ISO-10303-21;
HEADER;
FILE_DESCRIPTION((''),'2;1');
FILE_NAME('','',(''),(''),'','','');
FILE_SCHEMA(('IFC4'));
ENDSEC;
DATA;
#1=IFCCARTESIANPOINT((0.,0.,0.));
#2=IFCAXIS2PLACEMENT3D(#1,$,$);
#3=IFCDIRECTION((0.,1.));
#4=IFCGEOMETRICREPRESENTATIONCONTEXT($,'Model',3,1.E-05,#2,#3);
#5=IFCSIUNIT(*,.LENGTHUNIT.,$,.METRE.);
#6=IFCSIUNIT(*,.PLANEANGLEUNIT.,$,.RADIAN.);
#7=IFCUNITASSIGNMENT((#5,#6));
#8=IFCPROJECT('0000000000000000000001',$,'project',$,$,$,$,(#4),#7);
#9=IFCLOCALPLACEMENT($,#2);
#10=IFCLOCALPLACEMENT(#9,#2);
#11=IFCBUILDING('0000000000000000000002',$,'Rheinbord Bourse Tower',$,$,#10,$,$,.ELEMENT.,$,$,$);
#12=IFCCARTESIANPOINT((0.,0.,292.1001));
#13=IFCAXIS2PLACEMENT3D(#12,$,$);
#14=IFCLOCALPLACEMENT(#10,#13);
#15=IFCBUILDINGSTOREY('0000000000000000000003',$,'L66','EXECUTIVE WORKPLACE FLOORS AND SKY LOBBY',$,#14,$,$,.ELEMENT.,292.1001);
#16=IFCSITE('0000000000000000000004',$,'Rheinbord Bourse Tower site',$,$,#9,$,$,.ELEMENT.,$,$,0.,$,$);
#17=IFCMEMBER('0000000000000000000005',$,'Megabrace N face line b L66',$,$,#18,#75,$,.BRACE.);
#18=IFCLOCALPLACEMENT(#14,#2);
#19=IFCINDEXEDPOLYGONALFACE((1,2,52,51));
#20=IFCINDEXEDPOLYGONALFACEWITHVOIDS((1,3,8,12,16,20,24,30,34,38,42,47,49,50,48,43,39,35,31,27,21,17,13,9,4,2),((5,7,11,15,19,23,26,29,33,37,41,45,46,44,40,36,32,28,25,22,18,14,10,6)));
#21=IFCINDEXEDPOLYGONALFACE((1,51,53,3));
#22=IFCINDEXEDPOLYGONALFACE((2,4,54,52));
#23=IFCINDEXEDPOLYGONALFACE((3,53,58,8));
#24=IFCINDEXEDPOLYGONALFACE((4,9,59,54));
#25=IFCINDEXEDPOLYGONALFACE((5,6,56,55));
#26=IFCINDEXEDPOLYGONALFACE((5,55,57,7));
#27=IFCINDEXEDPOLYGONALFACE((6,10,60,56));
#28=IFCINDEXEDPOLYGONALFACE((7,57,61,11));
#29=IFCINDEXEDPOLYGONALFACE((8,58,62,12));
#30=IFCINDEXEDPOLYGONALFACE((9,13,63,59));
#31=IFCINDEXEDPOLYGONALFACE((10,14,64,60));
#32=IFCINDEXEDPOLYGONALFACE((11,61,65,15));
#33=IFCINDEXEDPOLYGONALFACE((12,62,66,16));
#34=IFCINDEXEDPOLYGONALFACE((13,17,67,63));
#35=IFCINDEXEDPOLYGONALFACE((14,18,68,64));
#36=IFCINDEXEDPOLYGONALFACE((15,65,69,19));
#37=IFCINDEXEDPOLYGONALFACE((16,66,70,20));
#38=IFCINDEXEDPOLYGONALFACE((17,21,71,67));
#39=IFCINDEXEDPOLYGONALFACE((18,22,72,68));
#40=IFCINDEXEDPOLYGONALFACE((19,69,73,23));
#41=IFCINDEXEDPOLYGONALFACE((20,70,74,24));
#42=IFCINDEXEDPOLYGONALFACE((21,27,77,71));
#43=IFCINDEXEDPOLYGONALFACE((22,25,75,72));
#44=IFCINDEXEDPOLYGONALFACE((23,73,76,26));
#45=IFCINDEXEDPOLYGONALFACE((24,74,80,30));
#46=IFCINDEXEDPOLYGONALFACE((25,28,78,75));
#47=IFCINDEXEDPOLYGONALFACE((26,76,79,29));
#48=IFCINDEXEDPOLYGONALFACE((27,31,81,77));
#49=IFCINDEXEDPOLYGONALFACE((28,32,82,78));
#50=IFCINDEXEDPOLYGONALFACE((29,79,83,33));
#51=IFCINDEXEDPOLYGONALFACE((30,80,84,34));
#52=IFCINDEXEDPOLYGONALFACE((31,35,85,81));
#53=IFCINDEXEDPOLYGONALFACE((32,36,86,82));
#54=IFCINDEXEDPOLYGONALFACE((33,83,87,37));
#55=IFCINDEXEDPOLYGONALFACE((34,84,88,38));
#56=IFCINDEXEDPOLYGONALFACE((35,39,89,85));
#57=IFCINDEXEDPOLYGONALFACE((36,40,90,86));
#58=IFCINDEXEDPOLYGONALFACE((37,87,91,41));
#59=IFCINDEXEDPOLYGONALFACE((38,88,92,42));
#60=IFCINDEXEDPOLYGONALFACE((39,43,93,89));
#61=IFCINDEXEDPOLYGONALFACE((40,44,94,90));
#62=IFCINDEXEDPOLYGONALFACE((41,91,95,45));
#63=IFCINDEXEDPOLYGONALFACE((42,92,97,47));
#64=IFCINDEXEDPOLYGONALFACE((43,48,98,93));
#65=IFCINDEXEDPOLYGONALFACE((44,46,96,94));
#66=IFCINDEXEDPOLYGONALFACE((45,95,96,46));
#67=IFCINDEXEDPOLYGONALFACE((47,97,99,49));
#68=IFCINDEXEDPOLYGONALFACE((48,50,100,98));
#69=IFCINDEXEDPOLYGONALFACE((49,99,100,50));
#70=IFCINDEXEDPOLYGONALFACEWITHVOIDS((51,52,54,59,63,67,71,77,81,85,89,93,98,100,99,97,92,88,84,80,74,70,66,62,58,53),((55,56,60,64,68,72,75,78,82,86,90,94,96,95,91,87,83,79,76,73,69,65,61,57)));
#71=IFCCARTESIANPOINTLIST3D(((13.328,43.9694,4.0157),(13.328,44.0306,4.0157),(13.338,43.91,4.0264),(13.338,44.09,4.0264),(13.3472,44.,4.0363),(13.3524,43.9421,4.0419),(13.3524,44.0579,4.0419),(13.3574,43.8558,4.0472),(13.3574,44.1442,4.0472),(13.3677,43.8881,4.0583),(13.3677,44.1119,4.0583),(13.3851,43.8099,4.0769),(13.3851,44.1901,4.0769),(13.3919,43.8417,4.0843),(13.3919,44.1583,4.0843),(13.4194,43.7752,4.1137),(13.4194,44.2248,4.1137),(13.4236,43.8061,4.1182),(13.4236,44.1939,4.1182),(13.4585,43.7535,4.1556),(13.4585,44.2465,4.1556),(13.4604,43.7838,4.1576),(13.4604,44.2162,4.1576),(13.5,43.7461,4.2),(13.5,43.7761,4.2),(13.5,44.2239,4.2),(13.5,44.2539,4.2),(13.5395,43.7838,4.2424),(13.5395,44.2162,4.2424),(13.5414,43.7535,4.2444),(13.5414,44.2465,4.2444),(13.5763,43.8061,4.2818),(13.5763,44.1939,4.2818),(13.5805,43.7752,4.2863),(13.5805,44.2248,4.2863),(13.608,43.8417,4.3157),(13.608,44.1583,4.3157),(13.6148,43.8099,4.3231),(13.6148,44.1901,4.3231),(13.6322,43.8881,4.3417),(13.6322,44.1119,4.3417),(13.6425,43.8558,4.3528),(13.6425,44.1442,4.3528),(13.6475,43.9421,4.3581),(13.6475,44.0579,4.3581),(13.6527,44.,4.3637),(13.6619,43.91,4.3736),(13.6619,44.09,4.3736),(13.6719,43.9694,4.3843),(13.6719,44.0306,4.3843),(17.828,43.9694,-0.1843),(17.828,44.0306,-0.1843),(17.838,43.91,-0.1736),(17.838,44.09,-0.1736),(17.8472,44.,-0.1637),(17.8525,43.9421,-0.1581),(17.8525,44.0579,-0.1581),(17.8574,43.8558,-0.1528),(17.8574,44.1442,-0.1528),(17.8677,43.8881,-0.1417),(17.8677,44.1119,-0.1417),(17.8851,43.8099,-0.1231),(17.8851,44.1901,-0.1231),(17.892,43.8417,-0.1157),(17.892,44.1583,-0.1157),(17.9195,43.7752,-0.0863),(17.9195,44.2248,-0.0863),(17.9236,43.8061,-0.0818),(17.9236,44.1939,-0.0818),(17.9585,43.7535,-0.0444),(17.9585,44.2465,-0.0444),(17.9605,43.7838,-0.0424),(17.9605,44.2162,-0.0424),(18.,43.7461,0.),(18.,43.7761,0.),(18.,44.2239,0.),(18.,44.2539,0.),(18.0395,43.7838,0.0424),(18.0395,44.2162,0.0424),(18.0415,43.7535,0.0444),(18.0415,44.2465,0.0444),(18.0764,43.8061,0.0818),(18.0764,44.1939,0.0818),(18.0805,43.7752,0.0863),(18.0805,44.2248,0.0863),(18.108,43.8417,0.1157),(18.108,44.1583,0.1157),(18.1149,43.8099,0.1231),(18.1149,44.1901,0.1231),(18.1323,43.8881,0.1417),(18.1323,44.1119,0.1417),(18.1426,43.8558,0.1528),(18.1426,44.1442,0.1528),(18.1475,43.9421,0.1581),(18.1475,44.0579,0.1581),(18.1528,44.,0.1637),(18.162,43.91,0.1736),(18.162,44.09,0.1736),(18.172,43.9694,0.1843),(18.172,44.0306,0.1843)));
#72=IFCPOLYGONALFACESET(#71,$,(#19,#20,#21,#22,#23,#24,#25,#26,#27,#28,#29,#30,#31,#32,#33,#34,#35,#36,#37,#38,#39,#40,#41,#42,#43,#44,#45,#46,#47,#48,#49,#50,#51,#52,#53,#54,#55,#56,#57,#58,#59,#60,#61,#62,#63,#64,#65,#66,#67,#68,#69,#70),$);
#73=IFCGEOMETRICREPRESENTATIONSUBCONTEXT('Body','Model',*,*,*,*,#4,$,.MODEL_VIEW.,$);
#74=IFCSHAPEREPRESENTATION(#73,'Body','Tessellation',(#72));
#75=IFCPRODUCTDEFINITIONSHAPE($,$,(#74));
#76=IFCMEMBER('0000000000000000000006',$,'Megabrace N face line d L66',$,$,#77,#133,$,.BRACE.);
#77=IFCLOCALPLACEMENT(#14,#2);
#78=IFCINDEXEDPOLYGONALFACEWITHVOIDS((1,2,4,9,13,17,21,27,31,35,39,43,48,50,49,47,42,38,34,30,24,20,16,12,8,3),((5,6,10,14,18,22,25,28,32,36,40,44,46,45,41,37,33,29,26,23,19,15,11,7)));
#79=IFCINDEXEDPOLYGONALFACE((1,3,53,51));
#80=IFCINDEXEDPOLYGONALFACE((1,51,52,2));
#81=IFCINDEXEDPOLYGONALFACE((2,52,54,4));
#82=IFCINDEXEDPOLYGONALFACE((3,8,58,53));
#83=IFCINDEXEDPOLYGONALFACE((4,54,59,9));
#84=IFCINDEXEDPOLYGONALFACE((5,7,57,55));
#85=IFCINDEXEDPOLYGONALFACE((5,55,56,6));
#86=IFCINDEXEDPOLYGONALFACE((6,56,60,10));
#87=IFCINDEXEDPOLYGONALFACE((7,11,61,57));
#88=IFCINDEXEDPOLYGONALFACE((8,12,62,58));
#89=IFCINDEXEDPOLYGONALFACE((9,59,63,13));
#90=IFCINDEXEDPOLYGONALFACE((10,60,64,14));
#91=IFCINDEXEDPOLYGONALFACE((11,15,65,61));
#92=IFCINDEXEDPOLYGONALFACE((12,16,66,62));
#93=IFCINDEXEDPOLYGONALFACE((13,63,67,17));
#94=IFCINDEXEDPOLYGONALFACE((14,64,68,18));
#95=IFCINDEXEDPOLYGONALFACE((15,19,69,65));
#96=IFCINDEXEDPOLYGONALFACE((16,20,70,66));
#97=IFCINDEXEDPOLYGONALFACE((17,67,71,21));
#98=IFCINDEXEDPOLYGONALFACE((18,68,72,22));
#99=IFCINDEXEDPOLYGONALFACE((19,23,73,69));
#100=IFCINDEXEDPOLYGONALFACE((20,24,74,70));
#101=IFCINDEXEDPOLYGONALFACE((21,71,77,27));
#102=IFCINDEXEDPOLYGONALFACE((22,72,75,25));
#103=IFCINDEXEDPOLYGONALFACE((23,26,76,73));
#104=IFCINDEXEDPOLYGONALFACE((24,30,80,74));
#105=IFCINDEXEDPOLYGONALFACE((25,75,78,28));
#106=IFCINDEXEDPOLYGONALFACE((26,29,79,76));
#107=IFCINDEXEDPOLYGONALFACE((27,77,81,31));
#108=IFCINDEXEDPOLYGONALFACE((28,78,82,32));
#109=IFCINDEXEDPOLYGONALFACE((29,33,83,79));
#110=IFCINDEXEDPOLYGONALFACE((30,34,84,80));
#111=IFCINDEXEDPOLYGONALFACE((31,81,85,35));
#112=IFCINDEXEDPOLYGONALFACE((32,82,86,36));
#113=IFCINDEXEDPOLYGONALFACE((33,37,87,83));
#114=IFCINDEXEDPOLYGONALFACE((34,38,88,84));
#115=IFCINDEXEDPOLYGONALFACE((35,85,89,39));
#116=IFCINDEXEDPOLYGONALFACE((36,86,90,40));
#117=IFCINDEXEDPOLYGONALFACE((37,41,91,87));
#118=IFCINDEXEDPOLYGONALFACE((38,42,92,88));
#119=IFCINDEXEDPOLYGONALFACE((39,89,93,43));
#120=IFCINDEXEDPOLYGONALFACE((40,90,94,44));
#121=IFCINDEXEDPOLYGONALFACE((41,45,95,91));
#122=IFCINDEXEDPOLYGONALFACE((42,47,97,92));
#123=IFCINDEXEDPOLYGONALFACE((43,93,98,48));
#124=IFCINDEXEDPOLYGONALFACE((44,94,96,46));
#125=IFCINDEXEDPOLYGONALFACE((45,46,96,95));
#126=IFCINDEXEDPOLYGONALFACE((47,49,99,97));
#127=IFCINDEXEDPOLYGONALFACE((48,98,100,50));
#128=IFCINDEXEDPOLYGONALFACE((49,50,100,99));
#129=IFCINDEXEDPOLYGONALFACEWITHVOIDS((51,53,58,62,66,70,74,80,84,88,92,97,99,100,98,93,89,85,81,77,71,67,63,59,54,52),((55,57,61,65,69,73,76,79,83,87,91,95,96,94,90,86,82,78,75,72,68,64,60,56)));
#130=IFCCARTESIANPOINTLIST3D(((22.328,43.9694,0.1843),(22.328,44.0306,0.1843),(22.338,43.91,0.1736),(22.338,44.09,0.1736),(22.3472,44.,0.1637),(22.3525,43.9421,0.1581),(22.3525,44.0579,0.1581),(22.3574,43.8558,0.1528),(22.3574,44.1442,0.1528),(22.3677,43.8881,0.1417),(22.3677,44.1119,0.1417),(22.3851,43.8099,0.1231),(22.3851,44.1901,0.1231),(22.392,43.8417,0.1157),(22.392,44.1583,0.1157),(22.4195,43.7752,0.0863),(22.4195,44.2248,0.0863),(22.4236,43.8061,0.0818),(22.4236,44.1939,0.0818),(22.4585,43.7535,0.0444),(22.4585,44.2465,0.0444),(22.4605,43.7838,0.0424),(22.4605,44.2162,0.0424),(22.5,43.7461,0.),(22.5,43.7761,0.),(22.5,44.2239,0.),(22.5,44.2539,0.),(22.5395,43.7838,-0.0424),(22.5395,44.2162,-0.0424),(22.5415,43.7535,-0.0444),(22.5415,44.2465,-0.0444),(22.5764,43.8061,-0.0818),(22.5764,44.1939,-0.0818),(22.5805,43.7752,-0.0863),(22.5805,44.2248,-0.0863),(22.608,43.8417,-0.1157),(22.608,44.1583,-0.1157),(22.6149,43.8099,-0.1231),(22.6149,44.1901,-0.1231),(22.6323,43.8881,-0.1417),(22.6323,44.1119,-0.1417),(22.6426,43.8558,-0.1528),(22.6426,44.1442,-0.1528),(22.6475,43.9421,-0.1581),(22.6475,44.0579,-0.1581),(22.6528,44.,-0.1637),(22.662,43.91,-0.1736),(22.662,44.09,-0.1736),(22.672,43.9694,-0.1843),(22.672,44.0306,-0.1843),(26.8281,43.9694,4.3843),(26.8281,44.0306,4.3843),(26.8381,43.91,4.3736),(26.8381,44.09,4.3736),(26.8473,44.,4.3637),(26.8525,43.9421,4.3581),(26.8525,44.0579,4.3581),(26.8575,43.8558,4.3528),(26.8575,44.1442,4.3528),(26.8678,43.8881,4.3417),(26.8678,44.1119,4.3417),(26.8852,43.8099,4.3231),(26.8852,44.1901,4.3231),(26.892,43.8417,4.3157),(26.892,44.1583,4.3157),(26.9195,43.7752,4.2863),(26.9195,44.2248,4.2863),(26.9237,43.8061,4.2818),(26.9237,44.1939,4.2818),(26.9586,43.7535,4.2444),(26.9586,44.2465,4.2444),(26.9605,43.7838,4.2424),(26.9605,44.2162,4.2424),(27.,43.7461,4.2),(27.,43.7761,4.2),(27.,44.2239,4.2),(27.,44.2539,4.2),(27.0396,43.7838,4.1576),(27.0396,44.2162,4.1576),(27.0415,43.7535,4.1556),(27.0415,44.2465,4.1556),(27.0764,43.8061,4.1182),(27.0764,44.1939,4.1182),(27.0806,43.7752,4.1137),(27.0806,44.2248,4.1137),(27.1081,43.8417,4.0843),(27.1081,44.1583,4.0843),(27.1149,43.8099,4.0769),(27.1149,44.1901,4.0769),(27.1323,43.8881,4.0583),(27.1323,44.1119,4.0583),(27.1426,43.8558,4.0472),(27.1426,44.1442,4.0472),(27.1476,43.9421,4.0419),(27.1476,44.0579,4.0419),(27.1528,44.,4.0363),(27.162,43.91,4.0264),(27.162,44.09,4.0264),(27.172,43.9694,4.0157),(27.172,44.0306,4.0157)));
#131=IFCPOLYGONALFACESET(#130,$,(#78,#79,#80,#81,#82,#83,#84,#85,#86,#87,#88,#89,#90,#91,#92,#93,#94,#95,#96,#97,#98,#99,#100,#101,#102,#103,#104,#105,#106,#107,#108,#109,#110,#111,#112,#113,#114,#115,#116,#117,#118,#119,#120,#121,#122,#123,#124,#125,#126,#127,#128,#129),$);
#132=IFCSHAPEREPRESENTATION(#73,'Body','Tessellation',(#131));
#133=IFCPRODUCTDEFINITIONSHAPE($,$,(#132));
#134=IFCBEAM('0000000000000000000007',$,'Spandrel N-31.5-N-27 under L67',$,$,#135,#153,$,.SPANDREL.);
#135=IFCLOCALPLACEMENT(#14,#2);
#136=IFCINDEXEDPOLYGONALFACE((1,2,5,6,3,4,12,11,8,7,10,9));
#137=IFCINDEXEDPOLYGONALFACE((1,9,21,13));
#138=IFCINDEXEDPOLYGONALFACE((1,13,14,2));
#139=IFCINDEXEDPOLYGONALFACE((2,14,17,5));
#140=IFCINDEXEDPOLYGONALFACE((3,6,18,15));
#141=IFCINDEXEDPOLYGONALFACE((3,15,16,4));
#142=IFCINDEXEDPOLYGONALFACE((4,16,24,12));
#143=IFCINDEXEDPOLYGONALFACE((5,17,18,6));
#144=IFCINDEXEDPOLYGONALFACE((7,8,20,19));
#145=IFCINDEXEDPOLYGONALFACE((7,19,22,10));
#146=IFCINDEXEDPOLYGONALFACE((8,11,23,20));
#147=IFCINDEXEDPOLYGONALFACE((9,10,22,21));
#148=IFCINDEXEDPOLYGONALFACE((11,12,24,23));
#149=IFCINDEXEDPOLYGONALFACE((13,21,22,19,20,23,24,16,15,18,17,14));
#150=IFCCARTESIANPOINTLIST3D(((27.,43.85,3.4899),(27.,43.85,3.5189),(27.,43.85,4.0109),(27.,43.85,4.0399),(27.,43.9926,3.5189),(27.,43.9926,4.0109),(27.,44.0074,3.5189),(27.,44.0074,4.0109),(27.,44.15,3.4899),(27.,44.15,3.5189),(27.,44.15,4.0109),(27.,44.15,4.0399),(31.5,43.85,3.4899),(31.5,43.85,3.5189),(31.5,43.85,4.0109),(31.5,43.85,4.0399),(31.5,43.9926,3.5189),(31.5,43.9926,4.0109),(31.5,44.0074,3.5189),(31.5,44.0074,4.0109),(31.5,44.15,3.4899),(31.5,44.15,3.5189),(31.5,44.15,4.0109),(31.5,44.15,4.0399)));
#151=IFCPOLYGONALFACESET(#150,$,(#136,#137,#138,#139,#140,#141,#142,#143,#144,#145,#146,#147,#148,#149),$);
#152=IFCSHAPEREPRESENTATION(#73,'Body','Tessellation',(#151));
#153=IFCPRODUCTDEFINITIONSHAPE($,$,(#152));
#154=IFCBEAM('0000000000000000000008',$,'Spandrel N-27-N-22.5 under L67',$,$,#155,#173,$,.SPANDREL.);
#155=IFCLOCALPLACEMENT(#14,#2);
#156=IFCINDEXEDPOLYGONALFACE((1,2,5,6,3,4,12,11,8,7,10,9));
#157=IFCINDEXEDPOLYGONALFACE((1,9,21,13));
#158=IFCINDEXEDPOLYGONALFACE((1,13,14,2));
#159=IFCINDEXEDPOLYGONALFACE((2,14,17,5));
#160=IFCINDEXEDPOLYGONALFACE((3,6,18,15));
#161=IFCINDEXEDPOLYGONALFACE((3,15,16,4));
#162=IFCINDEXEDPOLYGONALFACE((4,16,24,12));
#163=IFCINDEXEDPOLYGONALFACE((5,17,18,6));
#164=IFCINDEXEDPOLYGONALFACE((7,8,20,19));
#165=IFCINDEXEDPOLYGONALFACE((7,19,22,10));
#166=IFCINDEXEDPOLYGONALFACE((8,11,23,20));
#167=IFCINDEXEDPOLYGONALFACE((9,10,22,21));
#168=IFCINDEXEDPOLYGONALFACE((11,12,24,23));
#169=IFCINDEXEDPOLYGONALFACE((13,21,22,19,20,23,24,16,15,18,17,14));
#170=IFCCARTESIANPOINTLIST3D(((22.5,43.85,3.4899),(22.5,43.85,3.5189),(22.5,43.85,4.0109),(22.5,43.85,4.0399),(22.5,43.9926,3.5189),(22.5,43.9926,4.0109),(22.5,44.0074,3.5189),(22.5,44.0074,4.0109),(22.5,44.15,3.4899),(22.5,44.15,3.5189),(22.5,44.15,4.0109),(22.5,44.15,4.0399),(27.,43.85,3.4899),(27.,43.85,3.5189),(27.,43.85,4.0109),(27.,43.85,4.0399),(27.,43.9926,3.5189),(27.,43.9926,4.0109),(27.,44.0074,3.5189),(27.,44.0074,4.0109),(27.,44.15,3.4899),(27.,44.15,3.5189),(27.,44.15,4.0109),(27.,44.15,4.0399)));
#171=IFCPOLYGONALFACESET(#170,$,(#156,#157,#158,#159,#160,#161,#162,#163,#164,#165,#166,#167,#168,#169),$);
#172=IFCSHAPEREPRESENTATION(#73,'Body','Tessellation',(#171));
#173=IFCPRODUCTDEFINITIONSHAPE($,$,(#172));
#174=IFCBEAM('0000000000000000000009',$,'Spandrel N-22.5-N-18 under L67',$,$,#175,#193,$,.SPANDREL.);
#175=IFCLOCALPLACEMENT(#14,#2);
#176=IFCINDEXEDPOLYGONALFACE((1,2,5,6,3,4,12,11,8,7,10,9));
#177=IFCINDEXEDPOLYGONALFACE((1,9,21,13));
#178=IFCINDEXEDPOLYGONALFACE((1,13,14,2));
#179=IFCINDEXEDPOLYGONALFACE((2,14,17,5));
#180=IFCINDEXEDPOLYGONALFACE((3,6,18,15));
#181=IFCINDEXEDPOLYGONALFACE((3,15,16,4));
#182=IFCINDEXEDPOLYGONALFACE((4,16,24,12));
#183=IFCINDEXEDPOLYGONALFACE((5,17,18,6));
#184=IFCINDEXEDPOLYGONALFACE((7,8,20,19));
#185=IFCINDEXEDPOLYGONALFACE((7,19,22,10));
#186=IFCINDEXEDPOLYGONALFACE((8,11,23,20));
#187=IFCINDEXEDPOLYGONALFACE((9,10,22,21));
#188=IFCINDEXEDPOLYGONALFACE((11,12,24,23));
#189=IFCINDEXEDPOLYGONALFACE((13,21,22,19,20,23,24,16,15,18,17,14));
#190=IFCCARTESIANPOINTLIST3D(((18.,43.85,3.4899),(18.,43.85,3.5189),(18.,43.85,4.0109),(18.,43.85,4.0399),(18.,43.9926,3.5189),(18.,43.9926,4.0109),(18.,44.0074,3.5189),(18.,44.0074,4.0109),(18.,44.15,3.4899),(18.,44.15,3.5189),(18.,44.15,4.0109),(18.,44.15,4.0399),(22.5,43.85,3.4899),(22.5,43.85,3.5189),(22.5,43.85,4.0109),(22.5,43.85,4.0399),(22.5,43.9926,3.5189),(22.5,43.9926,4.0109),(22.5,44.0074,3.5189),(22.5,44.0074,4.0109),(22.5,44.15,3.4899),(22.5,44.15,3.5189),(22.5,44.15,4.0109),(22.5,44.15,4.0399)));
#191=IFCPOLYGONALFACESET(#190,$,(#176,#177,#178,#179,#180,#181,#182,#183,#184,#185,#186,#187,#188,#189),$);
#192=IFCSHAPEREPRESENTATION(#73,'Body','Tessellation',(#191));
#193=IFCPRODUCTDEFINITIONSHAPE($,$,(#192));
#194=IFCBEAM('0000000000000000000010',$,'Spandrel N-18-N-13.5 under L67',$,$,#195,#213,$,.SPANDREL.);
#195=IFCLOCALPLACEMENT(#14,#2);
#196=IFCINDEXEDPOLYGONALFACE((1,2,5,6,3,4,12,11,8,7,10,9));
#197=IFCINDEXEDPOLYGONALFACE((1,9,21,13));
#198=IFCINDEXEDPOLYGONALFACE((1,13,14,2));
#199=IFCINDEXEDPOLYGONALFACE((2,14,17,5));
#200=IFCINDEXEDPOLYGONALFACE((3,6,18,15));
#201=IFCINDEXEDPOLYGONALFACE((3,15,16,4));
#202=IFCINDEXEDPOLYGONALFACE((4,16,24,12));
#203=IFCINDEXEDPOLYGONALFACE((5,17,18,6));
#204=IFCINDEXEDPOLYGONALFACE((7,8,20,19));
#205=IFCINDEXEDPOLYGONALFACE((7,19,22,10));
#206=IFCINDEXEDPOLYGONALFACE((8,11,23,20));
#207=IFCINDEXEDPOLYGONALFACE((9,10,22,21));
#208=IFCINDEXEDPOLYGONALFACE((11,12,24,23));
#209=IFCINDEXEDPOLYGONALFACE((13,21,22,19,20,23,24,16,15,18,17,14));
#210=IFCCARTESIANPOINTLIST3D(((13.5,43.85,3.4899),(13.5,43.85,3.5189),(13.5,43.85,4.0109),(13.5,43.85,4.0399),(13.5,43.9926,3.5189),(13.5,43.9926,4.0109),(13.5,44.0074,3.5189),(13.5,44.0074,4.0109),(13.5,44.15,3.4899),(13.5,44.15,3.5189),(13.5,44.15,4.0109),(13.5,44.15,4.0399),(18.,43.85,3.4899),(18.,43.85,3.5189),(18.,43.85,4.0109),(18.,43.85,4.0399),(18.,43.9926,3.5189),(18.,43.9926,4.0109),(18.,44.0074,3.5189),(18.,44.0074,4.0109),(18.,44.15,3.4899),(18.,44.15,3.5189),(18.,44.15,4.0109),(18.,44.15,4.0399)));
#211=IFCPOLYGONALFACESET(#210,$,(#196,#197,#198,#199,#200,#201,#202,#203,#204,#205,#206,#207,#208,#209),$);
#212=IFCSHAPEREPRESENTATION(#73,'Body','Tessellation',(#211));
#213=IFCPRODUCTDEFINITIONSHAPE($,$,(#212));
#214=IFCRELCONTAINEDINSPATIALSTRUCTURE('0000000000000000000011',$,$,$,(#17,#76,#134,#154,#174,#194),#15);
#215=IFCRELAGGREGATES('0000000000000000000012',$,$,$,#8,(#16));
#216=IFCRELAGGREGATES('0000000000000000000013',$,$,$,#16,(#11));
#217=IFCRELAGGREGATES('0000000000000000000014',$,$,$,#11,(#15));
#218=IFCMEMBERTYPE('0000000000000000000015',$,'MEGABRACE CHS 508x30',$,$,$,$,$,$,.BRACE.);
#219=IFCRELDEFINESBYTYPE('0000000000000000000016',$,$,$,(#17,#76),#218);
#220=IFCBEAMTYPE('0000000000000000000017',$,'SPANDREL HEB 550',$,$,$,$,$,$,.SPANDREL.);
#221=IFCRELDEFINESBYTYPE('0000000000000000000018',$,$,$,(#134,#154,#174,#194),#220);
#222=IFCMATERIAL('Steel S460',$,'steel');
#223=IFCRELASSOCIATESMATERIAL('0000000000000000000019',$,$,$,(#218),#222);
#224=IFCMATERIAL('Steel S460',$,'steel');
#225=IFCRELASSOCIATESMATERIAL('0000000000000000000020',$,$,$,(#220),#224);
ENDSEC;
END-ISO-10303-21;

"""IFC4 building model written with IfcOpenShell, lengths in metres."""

from ifc_helpers import new_model, si_unit, direction, frame, origin, origin_2d, place, context, subcontext, project, spatial, hollow_circle, i_section, extrude, material, material_profile, profile_set, type_object, element, save


model = new_model("IFC4")

# Units and contexts
model_context = context("Model", 3, precision=1e-05, world=origin(), true_north=direction((0.0, 1.0)))
body_context = subcontext(model_context, "Body", "Model", "MODEL_VIEW")
ifc_project = project(units=[si_unit("LENGTHUNIT", "METRE"), si_unit("PLANEANGLEUNIT", "RADIAN")], contexts=[model_context])

# Site, building, storey
site_placement = place(None, origin())
site = spatial("IfcSite", under=ifc_project, at=site_placement, Name="Rheinbord Bourse Tower site", CompositionType="ELEMENT", RefElevation=0.0)
building_placement = place(site_placement, origin())
building = spatial("IfcBuilding", under=site, at=building_placement, Name="Rheinbord Bourse Tower", CompositionType="ELEMENT")
storey_placement = place(building_placement, frame((0.0, 0.0, 292.1001)))
storey = spatial("IfcBuildingStorey", under=building, at=storey_placement, Name="L66", Description="EXECUTIVE WORKPLACE FLOORS AND SKY LOBBY", CompositionType="ELEMENT", Elevation=292.1001)

# Members
ifc_material_1 = material(Name="Steel S460", Category="steel")
ifc_material_profile_1 = material_profile(ifc_material_1, hollow_circle(Radius=0.2539, WallThickness=0.03, at=origin_2d()), Name="CHS 508x30")
ifc_profile_set_1 = profile_set([ifc_material_profile_1], Name="Steel S460")
member_type_1 = type_object("IfcMemberType", Name="MEGABRACE CHS 508x30", PredefinedType="BRACE", material=ifc_profile_set_1)
for number, where, z_axis, x_axis, name in (
    (1, (18.0, 44.0, 0.0), (-0.731059, 0.0, 0.682314), (0.0, -1.0, 0.0), "Megabrace N face line b L66"),
    (2, (22.5, 44.0, 0.0), (0.731059, 0.0, 0.682314), (0.0, 1.0, 0.0), "Megabrace N face line d L66"),
):
    element("IfcMember", number, at=place(storey_placement, frame(where, z_axis=z_axis, x_axis=x_axis)), inside=storey, type_object=member_type_1, Name=name, PredefinedType="BRACE", context=body_context, shape_type="SweptSolid", body=[
        extrude(hollow_circle(Radius=0.2539, WallThickness=0.03, at=origin_2d()), origin(), (0.0, 0.0, 1.0), 6.1555),
    ])

# Beams
ifc_material_2 = material(Name="Steel S460", Category="steel")
ifc_material_profile_2 = material_profile(ifc_material_2, i_section(OverallWidth=0.3, OverallDepth=0.55, WebThickness=0.0149, FlangeThickness=0.0291, at=origin_2d()), Name="HEB 550")
ifc_profile_set_2 = profile_set([ifc_material_profile_2], Name="Steel S460")
beam_type_1 = type_object("IfcBeamType", Name="SPANDREL HEB 550", PredefinedType="SPANDREL", material=ifc_profile_set_2)
for number, where, z_axis, x_axis, name in (
    (3, (31.5, 44.0, 3.7649), (-1.0, 0.0, 0.0), (0.0, -1.0, 0.0), "Spandrel N-31.5-N-27 under L67"),
    (4, (27.0, 44.0, 3.7649), (-1.0, 0.0, 0.0), (0.0, -1.0, 0.0), "Spandrel N-27-N-22.5 under L67"),
    (5, (22.5, 44.0, 3.7649), (-1.0, 0.0, 0.0), (0.0, -1.0, 0.0), "Spandrel N-22.5-N-18 under L67"),
    (6, (18.0, 44.0, 3.7649), (-1.0, 0.0, 0.0), (0.0, -1.0, 0.0), "Spandrel N-18-N-13.5 under L67"),
):
    element("IfcBeam", number, at=place(storey_placement, frame(where, z_axis=z_axis, x_axis=x_axis)), inside=storey, type_object=beam_type_1, Name=name, PredefinedType="SPANDREL", context=body_context, shape_type="SweptSolid", body=[
        extrude(i_section(OverallWidth=0.3, OverallDepth=0.55, WebThickness=0.0149, FlangeThickness=0.0291, at=origin_2d()), origin(), (0.0, 0.0, 1.0), 4.5),
    ])

save(model, "model.ifc")
